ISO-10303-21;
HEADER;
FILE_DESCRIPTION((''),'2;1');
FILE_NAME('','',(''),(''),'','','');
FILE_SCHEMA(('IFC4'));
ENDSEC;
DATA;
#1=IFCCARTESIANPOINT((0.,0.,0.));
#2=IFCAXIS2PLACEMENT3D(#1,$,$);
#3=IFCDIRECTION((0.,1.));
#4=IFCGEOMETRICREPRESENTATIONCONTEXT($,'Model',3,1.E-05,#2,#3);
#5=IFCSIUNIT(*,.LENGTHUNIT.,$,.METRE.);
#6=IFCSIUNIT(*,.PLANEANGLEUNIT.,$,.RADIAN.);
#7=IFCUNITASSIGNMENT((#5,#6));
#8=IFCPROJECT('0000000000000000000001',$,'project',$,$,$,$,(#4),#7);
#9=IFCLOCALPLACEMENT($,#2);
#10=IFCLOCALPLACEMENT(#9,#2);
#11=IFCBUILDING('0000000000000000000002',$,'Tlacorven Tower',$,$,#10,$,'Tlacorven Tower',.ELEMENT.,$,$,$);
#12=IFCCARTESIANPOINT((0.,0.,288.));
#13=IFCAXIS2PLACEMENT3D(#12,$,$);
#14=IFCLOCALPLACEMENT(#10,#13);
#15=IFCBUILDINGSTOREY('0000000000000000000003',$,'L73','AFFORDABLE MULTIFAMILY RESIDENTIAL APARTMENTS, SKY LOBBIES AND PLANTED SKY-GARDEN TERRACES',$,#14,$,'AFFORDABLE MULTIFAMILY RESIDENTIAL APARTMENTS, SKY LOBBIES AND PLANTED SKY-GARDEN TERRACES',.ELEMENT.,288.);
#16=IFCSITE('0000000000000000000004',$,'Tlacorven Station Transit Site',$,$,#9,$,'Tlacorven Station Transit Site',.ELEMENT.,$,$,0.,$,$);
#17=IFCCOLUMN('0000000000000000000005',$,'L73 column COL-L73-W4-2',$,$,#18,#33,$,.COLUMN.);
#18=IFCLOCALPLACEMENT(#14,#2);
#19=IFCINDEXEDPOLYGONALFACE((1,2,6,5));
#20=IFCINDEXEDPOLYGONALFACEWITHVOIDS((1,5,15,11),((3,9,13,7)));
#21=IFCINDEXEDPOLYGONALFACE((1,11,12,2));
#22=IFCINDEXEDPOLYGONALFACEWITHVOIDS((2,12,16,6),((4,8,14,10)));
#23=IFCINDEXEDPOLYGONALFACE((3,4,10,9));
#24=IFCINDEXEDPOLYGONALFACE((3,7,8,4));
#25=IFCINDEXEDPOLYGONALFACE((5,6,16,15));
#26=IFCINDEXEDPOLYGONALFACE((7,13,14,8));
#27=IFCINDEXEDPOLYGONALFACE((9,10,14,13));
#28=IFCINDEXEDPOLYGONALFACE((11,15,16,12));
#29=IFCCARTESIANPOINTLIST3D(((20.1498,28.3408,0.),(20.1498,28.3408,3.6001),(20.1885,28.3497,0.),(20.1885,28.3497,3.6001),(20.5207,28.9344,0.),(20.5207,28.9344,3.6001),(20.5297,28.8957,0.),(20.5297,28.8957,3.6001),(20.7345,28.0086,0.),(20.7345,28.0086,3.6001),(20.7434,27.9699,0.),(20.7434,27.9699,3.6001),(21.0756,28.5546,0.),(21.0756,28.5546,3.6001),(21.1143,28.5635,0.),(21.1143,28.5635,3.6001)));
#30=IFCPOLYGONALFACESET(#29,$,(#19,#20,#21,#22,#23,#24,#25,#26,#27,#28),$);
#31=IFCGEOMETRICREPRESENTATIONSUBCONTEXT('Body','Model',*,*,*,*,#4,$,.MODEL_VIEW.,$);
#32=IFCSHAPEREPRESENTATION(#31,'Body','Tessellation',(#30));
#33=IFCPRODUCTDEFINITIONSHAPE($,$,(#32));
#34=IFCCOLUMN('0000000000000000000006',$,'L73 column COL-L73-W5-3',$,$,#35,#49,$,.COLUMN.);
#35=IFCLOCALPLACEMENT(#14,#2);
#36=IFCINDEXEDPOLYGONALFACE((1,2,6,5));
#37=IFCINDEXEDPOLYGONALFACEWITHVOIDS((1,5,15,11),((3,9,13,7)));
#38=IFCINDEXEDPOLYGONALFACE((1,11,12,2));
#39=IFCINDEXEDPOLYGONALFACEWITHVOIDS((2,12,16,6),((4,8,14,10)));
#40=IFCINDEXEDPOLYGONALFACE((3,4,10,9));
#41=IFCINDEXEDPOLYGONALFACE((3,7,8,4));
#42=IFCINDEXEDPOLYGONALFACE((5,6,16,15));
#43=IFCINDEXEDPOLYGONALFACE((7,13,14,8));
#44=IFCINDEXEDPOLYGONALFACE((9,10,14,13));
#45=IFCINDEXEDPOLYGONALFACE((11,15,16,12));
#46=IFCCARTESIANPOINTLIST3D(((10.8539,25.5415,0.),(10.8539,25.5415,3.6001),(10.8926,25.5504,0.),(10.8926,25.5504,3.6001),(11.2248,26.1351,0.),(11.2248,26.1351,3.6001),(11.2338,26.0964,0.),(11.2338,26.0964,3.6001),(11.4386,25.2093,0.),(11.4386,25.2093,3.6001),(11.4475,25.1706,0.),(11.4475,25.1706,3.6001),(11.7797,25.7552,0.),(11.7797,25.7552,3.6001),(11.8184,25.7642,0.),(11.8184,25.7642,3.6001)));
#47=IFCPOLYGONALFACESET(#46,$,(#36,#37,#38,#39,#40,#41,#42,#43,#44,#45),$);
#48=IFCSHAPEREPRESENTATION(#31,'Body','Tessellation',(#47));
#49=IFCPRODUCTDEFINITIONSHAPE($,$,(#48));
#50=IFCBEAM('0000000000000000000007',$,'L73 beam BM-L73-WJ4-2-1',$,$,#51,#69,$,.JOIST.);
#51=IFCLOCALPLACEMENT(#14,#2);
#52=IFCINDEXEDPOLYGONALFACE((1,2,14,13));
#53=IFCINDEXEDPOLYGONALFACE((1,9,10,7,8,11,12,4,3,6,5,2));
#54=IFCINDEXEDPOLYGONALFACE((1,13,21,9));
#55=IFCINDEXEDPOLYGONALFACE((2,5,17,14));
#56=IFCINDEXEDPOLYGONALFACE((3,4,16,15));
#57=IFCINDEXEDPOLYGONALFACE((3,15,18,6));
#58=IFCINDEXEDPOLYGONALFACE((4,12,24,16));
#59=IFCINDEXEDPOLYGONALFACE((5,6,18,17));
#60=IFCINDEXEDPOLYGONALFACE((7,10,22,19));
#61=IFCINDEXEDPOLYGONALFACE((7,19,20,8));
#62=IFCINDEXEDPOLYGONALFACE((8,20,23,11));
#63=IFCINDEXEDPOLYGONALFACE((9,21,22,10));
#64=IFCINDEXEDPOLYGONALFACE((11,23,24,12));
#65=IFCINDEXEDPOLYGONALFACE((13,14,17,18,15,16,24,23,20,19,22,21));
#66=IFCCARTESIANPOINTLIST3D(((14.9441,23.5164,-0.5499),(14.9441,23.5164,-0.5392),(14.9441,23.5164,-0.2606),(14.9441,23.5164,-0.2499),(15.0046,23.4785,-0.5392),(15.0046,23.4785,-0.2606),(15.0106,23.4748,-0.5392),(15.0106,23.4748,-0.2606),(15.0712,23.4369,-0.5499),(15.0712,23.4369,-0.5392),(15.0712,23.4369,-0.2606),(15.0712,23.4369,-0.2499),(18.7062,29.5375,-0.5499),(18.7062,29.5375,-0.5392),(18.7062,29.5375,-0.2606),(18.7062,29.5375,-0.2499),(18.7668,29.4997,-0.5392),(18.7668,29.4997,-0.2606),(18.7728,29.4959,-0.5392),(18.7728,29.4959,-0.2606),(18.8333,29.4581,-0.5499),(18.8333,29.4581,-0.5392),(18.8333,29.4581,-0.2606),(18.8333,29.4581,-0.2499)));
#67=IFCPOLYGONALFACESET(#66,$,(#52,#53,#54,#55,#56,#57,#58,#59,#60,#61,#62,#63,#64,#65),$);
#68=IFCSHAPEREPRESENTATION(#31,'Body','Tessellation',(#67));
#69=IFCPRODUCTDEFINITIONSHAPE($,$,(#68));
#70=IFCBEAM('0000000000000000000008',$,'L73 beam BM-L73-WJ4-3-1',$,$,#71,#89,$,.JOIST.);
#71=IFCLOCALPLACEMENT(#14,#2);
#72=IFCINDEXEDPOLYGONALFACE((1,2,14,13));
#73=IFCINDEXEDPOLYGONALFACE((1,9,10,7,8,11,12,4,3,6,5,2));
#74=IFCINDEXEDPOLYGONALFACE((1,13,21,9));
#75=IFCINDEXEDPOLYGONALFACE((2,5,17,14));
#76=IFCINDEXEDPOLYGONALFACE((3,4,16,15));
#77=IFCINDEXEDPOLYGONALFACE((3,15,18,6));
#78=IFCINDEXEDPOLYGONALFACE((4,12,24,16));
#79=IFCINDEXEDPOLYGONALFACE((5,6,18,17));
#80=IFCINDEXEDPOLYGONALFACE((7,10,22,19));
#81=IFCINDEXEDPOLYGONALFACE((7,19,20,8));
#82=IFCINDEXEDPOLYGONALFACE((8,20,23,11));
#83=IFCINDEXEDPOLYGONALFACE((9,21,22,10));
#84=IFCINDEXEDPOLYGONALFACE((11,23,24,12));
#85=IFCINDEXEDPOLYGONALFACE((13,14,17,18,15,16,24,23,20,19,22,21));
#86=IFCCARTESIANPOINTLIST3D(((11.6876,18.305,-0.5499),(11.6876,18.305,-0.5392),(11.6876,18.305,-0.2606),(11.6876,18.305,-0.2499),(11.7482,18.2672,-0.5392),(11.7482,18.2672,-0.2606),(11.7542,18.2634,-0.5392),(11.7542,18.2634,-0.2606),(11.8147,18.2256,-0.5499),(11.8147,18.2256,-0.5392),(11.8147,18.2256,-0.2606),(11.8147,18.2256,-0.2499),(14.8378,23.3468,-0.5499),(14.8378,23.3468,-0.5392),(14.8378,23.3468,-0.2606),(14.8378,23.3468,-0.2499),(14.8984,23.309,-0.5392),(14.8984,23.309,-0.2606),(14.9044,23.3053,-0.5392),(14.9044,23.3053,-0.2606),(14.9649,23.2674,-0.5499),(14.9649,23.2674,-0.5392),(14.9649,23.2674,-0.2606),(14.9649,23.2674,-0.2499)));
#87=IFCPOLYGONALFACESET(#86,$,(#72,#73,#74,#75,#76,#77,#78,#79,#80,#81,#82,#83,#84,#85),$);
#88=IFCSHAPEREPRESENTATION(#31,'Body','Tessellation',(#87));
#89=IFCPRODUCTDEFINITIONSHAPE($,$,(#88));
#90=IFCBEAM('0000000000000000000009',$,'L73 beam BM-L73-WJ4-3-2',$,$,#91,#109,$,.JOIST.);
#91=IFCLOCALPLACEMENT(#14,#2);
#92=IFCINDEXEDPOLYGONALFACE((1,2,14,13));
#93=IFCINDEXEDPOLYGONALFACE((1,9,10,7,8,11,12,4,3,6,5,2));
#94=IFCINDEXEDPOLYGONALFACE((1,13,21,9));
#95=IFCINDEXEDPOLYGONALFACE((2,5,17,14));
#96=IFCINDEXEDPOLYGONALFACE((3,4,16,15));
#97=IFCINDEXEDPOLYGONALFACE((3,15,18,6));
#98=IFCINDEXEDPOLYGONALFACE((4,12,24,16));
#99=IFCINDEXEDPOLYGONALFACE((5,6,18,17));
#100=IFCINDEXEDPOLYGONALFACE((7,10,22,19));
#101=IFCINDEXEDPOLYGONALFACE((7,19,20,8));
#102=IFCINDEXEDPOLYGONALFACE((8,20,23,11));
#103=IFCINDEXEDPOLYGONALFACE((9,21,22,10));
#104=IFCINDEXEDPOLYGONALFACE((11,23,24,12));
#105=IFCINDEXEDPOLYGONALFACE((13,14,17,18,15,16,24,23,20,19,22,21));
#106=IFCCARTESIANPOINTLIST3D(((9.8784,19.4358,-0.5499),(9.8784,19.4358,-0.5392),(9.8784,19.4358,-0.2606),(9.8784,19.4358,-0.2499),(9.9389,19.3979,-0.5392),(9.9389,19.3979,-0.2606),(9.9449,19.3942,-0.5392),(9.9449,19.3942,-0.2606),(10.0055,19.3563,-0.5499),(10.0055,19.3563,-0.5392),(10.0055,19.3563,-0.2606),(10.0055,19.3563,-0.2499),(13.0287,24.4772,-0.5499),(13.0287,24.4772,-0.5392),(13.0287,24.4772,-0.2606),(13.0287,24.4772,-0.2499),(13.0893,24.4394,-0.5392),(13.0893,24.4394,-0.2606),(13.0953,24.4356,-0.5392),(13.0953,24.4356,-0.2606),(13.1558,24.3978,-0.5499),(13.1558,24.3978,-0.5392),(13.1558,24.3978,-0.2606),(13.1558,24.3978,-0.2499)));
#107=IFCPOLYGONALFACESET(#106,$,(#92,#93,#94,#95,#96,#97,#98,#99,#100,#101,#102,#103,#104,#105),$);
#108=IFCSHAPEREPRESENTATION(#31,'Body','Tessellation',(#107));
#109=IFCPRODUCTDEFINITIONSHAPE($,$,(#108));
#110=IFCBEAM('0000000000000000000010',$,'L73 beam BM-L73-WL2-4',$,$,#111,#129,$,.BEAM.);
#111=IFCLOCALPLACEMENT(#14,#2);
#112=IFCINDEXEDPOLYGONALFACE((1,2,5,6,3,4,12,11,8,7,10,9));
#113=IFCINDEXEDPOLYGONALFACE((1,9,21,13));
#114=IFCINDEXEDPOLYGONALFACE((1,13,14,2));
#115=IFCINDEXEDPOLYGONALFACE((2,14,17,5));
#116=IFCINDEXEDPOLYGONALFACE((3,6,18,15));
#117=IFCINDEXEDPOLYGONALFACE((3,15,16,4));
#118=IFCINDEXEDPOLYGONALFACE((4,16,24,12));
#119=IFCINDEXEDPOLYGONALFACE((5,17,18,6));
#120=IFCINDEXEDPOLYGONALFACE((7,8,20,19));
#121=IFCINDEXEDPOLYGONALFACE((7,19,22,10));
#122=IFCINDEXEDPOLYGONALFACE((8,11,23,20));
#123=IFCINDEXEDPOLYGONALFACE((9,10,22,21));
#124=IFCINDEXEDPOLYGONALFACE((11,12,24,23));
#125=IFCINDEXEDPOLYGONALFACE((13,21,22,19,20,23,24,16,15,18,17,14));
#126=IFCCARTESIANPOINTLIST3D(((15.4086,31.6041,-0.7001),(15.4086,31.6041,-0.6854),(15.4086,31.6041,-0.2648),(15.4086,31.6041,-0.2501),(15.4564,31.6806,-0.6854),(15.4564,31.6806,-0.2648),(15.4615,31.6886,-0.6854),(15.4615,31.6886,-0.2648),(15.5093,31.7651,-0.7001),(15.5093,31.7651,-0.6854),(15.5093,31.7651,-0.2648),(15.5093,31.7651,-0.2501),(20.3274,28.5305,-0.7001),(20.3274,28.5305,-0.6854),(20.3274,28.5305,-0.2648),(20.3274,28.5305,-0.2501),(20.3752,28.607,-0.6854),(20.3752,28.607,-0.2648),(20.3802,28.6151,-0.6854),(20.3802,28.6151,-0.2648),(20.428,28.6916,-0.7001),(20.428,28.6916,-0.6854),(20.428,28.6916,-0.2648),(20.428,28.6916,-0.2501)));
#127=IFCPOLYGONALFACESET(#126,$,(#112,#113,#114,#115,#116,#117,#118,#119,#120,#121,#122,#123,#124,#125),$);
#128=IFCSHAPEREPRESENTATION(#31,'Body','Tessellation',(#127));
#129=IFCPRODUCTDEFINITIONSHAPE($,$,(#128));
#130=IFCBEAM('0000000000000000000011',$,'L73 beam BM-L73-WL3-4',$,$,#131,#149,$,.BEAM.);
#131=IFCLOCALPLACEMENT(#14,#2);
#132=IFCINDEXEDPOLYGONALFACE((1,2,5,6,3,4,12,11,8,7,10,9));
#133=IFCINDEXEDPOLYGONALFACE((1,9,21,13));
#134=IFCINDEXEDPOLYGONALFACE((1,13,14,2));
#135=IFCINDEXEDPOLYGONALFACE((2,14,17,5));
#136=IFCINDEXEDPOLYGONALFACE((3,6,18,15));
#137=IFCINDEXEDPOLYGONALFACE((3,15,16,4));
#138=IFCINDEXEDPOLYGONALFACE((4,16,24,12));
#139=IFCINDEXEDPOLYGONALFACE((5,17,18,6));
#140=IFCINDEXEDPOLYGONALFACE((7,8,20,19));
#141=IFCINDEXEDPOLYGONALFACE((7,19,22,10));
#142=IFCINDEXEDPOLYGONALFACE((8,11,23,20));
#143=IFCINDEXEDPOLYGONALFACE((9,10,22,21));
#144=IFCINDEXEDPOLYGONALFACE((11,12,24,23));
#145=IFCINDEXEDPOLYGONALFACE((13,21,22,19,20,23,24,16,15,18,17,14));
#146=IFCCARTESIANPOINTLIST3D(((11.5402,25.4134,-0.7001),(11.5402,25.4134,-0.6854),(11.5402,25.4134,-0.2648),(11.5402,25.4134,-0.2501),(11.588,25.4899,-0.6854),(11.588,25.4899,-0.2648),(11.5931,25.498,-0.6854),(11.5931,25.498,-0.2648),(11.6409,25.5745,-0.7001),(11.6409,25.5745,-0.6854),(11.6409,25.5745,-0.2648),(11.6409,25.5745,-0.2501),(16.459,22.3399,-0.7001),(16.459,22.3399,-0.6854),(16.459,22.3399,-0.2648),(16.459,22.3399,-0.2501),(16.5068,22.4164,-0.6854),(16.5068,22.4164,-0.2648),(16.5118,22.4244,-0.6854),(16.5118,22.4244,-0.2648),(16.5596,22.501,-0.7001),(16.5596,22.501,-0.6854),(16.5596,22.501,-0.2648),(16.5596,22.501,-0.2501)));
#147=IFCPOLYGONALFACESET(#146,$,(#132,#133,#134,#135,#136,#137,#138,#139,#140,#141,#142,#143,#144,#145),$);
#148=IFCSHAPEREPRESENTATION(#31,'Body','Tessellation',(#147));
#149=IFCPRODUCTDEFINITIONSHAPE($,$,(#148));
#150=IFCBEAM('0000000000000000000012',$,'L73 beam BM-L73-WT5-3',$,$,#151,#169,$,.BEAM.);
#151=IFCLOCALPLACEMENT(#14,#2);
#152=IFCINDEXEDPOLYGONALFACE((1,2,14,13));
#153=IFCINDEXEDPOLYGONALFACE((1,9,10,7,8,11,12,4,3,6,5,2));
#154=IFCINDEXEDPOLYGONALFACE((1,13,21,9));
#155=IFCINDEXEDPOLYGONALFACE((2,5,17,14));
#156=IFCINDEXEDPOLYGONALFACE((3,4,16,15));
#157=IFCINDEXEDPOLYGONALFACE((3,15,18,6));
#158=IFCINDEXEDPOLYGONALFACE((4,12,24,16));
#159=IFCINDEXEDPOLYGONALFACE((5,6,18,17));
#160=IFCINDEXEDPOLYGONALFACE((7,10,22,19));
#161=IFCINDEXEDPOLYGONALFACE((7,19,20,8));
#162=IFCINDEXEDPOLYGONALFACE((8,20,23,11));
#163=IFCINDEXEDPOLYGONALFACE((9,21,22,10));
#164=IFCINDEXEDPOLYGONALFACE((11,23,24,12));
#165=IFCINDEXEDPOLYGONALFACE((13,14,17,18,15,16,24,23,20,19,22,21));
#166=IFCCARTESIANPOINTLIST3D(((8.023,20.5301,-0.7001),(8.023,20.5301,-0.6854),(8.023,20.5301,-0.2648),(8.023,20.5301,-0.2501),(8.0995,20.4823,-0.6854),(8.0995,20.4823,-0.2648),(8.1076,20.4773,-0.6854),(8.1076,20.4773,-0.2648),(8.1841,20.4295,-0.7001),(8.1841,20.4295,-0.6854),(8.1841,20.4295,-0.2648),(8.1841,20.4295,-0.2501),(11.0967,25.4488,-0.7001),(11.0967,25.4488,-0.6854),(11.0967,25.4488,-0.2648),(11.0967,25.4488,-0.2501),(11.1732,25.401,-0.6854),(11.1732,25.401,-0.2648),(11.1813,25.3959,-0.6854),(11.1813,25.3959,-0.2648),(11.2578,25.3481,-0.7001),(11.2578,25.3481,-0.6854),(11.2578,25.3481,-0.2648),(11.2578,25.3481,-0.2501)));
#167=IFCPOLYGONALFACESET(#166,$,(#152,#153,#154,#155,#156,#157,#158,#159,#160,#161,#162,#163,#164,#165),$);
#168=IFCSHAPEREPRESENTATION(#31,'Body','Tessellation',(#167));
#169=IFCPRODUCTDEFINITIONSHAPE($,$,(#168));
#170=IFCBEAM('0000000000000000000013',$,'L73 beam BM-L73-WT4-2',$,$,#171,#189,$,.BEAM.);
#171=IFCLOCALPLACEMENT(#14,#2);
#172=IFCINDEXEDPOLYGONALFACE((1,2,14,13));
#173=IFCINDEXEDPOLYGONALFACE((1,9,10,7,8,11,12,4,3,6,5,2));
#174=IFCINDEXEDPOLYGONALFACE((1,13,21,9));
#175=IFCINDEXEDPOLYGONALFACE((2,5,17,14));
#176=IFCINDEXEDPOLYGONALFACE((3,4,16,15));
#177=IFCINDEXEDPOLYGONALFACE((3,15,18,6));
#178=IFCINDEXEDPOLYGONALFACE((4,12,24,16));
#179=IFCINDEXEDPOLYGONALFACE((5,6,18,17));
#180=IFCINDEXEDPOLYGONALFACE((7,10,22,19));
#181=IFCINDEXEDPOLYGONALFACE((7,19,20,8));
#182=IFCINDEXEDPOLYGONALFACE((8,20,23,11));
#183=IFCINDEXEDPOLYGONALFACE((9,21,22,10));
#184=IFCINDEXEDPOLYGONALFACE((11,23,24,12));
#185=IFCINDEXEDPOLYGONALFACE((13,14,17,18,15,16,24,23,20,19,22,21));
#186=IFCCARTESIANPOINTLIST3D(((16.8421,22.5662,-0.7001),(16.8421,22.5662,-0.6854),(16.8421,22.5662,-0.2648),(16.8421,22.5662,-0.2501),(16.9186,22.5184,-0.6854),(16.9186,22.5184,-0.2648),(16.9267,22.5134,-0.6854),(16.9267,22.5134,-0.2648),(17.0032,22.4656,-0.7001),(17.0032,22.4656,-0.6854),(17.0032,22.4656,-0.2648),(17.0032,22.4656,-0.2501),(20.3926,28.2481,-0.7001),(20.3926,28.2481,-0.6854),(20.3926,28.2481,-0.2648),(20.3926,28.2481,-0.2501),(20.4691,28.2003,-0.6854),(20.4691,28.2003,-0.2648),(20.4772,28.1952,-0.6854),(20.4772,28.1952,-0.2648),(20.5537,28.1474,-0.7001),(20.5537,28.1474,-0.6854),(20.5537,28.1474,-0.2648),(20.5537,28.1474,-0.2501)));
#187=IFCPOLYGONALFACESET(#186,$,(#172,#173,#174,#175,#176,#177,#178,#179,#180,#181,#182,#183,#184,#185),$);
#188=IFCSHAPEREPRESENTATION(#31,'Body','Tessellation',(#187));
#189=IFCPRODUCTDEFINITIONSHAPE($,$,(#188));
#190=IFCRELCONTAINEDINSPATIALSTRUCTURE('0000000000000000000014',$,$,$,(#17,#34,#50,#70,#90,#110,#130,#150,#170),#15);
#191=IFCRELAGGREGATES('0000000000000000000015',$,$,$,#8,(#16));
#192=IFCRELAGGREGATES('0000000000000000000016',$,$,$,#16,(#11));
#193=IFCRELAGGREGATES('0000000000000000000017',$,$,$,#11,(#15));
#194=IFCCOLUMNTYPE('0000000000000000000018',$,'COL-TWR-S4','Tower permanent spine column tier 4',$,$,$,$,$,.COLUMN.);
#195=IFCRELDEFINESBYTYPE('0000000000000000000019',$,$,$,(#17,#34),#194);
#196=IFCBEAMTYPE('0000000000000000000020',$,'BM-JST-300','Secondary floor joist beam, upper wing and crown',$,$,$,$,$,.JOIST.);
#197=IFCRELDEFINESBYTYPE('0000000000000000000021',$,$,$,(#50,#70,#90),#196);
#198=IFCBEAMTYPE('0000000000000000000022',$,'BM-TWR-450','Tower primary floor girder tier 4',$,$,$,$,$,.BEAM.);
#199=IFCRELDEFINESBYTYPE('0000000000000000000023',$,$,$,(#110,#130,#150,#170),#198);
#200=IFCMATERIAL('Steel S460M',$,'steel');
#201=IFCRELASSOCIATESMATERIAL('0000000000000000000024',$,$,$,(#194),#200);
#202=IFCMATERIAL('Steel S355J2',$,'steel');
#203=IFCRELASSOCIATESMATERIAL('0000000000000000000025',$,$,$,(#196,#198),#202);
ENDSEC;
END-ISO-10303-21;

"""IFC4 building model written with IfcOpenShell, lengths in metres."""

from ifc_helpers import new_model, si_unit, direction, frame, origin, origin_2d, place, context, subcontext, project, spatial, hollow_rectangle, i_section, extrude, source, transform, mapped, material, material_profile, profile_set, type_object, element, save


model = new_model("IFC4")

# Units and contexts
model_context = context("Model", 3, precision=1e-05, world=origin(), true_north=direction((0.0, 1.0)))
body_context = subcontext(model_context, "Body", "Model", "MODEL_VIEW")
ifc_project = project(units=[si_unit("LENGTHUNIT", "METRE"), si_unit("PLANEANGLEUNIT", "RADIAN")], contexts=[model_context])

# Site, building, storey
site_placement = place(None, origin())
site = spatial("IfcSite", under=ifc_project, at=site_placement, Name="Tlacorven Station Transit Site", LongName="Tlacorven Station Transit Site", CompositionType="ELEMENT", RefElevation=0.0)
building_placement = place(site_placement, origin())
building = spatial("IfcBuilding", under=site, at=building_placement, Name="Tlacorven Tower", LongName="Tlacorven Tower", CompositionType="ELEMENT")
storey_placement = place(building_placement, frame((0.0, 0.0, 288.0)))
storey = spatial("IfcBuildingStorey", under=building, at=storey_placement, Name="L73", Description="AFFORDABLE MULTIFAMILY RESIDENTIAL APARTMENTS, SKY LOBBIES AND PLANTED SKY-GARDEN TERRACES", LongName="AFFORDABLE MULTIFAMILY RESIDENTIAL APARTMENTS, SKY LOBBIES AND PLANTED SKY-GARDEN TERRACES", CompositionType="ELEMENT", Elevation=288.0)

# Columns
ifc_material_1 = material(Name="Steel S460M", Category="steel")
ifc_material_profile_1 = material_profile(ifc_material_1, hollow_rectangle(XDim=0.7, YDim=0.7, WallThickness=0.0281, at=origin_2d()), Name="BOX 700X700X28")
ifc_profile_set_1 = profile_set([ifc_material_profile_1], Name="Steel S460M")
column_type = type_object("IfcColumnType", Name="COL-TWR-S4", Description="Tower permanent spine column tier 4", PredefinedType="COLUMN", material=ifc_profile_set_1)
shared_shape_1 = source(origin(), body_context, "Body", "SweptSolid", [
    extrude(hollow_rectangle(XDim=0.7, YDim=0.7, WallThickness=0.0281, at=origin_2d()), origin(), (0.0, 0.0, 1.0), 3.6001),
])
for number, where, z_axis, x_axis, name in (
    (1, (20.6321, 28.4521, 0.0), (0.0, 0.0, 1.0), (-0.848048, 0.529919, 0.0), "L73 column COL-L73-W4-2"),
    (2, (11.3362, 25.6528, 0.0), (0.0, 0.0, 1.0), (-0.848048, 0.529919, 0.0), "L73 column COL-L73-W5-3"),
):
    element("IfcColumn", number, at=place(storey_placement, frame(where, z_axis=z_axis, x_axis=x_axis)), inside=storey, type_object=column_type, Name=name, PredefinedType="COLUMN", context=body_context, shape_type="MappedRepresentation", body=[
        mapped(shared_shape_1, transform((0.0, 0.0, 0.0), scale=1.0)),
    ])

# Beams
ifc_material_2 = material(Name="Steel S355J2", Category="steel")
ifc_material_profile_2 = material_profile(ifc_material_2, i_section(OverallWidth=0.1499, OverallDepth=0.3, WebThickness=0.0071, FlangeThickness=0.0107, at=origin_2d()), Name="IPE 300")
ifc_profile_set_2 = profile_set([ifc_material_profile_2], Name="Steel S355J2")
beam_type_1 = type_object("IfcBeamType", Name="BM-JST-300", Description="Secondary floor joist beam, upper wing and crown", PredefinedType="JOIST", material=ifc_profile_set_2)
shared_shape_2 = source(origin(), body_context, "Body", "SweptSolid", [
    extrude(i_section(OverallWidth=0.1499, OverallDepth=0.3, WebThickness=0.0071, FlangeThickness=0.0107, at=origin_2d()), origin(), (0.0, 0.0, 1.0), 7.0999),
])
beam_1_placement = place(storey_placement, frame((18.7698, 29.4978, -0.3999), z_axis=(-0.529891, -0.848066, 0.0), x_axis=(0.848066, -0.529891, 0.0)))
element("IfcBeam", 3, at=beam_1_placement, inside=storey, type_object=beam_type_1, Name="L73 beam BM-L73-WJ4-2-1", PredefinedType="JOIST", context=body_context, shape_type="MappedRepresentation", body=[
    mapped(shared_shape_2, transform((0.0, 0.0, 0.0), scale=1.0)),
])
shared_shape_3 = source(origin(), body_context, "Body", "SweptSolid", [
    extrude(i_section(OverallWidth=0.1499, OverallDepth=0.3, WebThickness=0.0071, FlangeThickness=0.0107, at=origin_2d()), origin(), (0.0, 0.0, 1.0), 5.9451),
])
beam_2_placement = place(storey_placement, frame((14.9014, 23.3071, -0.3999), z_axis=(-0.529885, -0.84807, 0.0), x_axis=(0.84807, -0.529885, 0.0)))
element("IfcBeam", 4, at=beam_2_placement, inside=storey, type_object=beam_type_1, Name="L73 beam BM-L73-WJ4-3-1", PredefinedType="JOIST", context=body_context, shape_type="MappedRepresentation", body=[
    mapped(shared_shape_3, transform((0.0, 0.0, 0.0), scale=1.0)),
])
shared_shape_4 = source(origin(), body_context, "Body", "SweptSolid", [
    extrude(i_section(OverallWidth=0.1499, OverallDepth=0.3, WebThickness=0.0071, FlangeThickness=0.0107, at=origin_2d()), origin(), (0.0, 0.0, 1.0), 5.9448),
])
beam_3_placement = place(storey_placement, frame((13.0923, 24.4375, -0.3999), z_axis=(-0.529932, -0.84804, 0.0), x_axis=(0.84804, -0.529932, 0.0)))
element("IfcBeam", 5, at=beam_3_placement, inside=storey, type_object=beam_type_1, Name="L73 beam BM-L73-WJ4-3-2", PredefinedType="JOIST", context=body_context, shape_type="MappedRepresentation", body=[
    mapped(shared_shape_4, transform((0.0, 0.0, 0.0), scale=1.0)),
])
ifc_material_profile_3 = material_profile(ifc_material_2, i_section(OverallWidth=0.1899, OverallDepth=0.45, WebThickness=0.0095, FlangeThickness=0.0146, at=origin_2d()), Name="IPE 450")
ifc_profile_set_3 = profile_set([ifc_material_profile_3], Name="Steel S355J2")
beam_type_2 = type_object("IfcBeamType", Name="BM-TWR-450", Description="Tower primary floor girder tier 4", PredefinedType="BEAM", material=ifc_profile_set_3)
shared_shape_5 = source(origin(), body_context, "Body", "SweptSolid", [
    extrude(i_section(OverallWidth=0.1899, OverallDepth=0.45, WebThickness=0.0095, FlangeThickness=0.0146, at=origin_2d()), origin(), (0.0, 0.0, 1.0), 5.8),
])
for number, where, z_axis, x_axis, name in (
    (6, (20.3777, 28.6111, -0.4751), (-0.848053, 0.529912, 0.0), (-0.529912, -0.848053, 0.0), "L73 beam BM-L73-WL2-4"),
    (7, (16.5093, 22.4204, -0.4751), (-0.848053, 0.529912, 0.0), (-0.529912, -0.848053, 0.0), "L73 beam BM-L73-WL3-4"),
    (8, (11.1772, 25.3984, -0.4751), (-0.529942, -0.848034, 0.0), (0.848034, -0.529942, 0.0), "L73 beam BM-L73-WT5-3"),
):
    element("IfcBeam", number, at=place(storey_placement, frame(where, z_axis=z_axis, x_axis=x_axis)), inside=storey, type_object=beam_type_2, Name=name, PredefinedType="BEAM", context=body_context, shape_type="MappedRepresentation", body=[
        mapped(shared_shape_5, transform((0.0, 0.0, 0.0), scale=1.0)),
    ])
shared_shape_6 = source(origin(), body_context, "Body", "SweptSolid", [
    extrude(i_section(OverallWidth=0.1899, OverallDepth=0.45, WebThickness=0.0095, FlangeThickness=0.0146, at=origin_2d()), origin(), (0.0, 0.0, 1.0), 6.7),
])
beam_4_placement = place(storey_placement, frame((20.4731, 28.1978, -0.4751), z_axis=(-0.52993, -0.848041, 0.0), x_axis=(0.848041, -0.52993, 0.0)))
element("IfcBeam", 9, at=beam_4_placement, inside=storey, type_object=beam_type_2, Name="L73 beam BM-L73-WT4-2", PredefinedType="BEAM", context=body_context, shape_type="MappedRepresentation", body=[
    mapped(shared_shape_6, transform((0.0, 0.0, 0.0), scale=1.0)),
])

save(model, "model.ifc")
